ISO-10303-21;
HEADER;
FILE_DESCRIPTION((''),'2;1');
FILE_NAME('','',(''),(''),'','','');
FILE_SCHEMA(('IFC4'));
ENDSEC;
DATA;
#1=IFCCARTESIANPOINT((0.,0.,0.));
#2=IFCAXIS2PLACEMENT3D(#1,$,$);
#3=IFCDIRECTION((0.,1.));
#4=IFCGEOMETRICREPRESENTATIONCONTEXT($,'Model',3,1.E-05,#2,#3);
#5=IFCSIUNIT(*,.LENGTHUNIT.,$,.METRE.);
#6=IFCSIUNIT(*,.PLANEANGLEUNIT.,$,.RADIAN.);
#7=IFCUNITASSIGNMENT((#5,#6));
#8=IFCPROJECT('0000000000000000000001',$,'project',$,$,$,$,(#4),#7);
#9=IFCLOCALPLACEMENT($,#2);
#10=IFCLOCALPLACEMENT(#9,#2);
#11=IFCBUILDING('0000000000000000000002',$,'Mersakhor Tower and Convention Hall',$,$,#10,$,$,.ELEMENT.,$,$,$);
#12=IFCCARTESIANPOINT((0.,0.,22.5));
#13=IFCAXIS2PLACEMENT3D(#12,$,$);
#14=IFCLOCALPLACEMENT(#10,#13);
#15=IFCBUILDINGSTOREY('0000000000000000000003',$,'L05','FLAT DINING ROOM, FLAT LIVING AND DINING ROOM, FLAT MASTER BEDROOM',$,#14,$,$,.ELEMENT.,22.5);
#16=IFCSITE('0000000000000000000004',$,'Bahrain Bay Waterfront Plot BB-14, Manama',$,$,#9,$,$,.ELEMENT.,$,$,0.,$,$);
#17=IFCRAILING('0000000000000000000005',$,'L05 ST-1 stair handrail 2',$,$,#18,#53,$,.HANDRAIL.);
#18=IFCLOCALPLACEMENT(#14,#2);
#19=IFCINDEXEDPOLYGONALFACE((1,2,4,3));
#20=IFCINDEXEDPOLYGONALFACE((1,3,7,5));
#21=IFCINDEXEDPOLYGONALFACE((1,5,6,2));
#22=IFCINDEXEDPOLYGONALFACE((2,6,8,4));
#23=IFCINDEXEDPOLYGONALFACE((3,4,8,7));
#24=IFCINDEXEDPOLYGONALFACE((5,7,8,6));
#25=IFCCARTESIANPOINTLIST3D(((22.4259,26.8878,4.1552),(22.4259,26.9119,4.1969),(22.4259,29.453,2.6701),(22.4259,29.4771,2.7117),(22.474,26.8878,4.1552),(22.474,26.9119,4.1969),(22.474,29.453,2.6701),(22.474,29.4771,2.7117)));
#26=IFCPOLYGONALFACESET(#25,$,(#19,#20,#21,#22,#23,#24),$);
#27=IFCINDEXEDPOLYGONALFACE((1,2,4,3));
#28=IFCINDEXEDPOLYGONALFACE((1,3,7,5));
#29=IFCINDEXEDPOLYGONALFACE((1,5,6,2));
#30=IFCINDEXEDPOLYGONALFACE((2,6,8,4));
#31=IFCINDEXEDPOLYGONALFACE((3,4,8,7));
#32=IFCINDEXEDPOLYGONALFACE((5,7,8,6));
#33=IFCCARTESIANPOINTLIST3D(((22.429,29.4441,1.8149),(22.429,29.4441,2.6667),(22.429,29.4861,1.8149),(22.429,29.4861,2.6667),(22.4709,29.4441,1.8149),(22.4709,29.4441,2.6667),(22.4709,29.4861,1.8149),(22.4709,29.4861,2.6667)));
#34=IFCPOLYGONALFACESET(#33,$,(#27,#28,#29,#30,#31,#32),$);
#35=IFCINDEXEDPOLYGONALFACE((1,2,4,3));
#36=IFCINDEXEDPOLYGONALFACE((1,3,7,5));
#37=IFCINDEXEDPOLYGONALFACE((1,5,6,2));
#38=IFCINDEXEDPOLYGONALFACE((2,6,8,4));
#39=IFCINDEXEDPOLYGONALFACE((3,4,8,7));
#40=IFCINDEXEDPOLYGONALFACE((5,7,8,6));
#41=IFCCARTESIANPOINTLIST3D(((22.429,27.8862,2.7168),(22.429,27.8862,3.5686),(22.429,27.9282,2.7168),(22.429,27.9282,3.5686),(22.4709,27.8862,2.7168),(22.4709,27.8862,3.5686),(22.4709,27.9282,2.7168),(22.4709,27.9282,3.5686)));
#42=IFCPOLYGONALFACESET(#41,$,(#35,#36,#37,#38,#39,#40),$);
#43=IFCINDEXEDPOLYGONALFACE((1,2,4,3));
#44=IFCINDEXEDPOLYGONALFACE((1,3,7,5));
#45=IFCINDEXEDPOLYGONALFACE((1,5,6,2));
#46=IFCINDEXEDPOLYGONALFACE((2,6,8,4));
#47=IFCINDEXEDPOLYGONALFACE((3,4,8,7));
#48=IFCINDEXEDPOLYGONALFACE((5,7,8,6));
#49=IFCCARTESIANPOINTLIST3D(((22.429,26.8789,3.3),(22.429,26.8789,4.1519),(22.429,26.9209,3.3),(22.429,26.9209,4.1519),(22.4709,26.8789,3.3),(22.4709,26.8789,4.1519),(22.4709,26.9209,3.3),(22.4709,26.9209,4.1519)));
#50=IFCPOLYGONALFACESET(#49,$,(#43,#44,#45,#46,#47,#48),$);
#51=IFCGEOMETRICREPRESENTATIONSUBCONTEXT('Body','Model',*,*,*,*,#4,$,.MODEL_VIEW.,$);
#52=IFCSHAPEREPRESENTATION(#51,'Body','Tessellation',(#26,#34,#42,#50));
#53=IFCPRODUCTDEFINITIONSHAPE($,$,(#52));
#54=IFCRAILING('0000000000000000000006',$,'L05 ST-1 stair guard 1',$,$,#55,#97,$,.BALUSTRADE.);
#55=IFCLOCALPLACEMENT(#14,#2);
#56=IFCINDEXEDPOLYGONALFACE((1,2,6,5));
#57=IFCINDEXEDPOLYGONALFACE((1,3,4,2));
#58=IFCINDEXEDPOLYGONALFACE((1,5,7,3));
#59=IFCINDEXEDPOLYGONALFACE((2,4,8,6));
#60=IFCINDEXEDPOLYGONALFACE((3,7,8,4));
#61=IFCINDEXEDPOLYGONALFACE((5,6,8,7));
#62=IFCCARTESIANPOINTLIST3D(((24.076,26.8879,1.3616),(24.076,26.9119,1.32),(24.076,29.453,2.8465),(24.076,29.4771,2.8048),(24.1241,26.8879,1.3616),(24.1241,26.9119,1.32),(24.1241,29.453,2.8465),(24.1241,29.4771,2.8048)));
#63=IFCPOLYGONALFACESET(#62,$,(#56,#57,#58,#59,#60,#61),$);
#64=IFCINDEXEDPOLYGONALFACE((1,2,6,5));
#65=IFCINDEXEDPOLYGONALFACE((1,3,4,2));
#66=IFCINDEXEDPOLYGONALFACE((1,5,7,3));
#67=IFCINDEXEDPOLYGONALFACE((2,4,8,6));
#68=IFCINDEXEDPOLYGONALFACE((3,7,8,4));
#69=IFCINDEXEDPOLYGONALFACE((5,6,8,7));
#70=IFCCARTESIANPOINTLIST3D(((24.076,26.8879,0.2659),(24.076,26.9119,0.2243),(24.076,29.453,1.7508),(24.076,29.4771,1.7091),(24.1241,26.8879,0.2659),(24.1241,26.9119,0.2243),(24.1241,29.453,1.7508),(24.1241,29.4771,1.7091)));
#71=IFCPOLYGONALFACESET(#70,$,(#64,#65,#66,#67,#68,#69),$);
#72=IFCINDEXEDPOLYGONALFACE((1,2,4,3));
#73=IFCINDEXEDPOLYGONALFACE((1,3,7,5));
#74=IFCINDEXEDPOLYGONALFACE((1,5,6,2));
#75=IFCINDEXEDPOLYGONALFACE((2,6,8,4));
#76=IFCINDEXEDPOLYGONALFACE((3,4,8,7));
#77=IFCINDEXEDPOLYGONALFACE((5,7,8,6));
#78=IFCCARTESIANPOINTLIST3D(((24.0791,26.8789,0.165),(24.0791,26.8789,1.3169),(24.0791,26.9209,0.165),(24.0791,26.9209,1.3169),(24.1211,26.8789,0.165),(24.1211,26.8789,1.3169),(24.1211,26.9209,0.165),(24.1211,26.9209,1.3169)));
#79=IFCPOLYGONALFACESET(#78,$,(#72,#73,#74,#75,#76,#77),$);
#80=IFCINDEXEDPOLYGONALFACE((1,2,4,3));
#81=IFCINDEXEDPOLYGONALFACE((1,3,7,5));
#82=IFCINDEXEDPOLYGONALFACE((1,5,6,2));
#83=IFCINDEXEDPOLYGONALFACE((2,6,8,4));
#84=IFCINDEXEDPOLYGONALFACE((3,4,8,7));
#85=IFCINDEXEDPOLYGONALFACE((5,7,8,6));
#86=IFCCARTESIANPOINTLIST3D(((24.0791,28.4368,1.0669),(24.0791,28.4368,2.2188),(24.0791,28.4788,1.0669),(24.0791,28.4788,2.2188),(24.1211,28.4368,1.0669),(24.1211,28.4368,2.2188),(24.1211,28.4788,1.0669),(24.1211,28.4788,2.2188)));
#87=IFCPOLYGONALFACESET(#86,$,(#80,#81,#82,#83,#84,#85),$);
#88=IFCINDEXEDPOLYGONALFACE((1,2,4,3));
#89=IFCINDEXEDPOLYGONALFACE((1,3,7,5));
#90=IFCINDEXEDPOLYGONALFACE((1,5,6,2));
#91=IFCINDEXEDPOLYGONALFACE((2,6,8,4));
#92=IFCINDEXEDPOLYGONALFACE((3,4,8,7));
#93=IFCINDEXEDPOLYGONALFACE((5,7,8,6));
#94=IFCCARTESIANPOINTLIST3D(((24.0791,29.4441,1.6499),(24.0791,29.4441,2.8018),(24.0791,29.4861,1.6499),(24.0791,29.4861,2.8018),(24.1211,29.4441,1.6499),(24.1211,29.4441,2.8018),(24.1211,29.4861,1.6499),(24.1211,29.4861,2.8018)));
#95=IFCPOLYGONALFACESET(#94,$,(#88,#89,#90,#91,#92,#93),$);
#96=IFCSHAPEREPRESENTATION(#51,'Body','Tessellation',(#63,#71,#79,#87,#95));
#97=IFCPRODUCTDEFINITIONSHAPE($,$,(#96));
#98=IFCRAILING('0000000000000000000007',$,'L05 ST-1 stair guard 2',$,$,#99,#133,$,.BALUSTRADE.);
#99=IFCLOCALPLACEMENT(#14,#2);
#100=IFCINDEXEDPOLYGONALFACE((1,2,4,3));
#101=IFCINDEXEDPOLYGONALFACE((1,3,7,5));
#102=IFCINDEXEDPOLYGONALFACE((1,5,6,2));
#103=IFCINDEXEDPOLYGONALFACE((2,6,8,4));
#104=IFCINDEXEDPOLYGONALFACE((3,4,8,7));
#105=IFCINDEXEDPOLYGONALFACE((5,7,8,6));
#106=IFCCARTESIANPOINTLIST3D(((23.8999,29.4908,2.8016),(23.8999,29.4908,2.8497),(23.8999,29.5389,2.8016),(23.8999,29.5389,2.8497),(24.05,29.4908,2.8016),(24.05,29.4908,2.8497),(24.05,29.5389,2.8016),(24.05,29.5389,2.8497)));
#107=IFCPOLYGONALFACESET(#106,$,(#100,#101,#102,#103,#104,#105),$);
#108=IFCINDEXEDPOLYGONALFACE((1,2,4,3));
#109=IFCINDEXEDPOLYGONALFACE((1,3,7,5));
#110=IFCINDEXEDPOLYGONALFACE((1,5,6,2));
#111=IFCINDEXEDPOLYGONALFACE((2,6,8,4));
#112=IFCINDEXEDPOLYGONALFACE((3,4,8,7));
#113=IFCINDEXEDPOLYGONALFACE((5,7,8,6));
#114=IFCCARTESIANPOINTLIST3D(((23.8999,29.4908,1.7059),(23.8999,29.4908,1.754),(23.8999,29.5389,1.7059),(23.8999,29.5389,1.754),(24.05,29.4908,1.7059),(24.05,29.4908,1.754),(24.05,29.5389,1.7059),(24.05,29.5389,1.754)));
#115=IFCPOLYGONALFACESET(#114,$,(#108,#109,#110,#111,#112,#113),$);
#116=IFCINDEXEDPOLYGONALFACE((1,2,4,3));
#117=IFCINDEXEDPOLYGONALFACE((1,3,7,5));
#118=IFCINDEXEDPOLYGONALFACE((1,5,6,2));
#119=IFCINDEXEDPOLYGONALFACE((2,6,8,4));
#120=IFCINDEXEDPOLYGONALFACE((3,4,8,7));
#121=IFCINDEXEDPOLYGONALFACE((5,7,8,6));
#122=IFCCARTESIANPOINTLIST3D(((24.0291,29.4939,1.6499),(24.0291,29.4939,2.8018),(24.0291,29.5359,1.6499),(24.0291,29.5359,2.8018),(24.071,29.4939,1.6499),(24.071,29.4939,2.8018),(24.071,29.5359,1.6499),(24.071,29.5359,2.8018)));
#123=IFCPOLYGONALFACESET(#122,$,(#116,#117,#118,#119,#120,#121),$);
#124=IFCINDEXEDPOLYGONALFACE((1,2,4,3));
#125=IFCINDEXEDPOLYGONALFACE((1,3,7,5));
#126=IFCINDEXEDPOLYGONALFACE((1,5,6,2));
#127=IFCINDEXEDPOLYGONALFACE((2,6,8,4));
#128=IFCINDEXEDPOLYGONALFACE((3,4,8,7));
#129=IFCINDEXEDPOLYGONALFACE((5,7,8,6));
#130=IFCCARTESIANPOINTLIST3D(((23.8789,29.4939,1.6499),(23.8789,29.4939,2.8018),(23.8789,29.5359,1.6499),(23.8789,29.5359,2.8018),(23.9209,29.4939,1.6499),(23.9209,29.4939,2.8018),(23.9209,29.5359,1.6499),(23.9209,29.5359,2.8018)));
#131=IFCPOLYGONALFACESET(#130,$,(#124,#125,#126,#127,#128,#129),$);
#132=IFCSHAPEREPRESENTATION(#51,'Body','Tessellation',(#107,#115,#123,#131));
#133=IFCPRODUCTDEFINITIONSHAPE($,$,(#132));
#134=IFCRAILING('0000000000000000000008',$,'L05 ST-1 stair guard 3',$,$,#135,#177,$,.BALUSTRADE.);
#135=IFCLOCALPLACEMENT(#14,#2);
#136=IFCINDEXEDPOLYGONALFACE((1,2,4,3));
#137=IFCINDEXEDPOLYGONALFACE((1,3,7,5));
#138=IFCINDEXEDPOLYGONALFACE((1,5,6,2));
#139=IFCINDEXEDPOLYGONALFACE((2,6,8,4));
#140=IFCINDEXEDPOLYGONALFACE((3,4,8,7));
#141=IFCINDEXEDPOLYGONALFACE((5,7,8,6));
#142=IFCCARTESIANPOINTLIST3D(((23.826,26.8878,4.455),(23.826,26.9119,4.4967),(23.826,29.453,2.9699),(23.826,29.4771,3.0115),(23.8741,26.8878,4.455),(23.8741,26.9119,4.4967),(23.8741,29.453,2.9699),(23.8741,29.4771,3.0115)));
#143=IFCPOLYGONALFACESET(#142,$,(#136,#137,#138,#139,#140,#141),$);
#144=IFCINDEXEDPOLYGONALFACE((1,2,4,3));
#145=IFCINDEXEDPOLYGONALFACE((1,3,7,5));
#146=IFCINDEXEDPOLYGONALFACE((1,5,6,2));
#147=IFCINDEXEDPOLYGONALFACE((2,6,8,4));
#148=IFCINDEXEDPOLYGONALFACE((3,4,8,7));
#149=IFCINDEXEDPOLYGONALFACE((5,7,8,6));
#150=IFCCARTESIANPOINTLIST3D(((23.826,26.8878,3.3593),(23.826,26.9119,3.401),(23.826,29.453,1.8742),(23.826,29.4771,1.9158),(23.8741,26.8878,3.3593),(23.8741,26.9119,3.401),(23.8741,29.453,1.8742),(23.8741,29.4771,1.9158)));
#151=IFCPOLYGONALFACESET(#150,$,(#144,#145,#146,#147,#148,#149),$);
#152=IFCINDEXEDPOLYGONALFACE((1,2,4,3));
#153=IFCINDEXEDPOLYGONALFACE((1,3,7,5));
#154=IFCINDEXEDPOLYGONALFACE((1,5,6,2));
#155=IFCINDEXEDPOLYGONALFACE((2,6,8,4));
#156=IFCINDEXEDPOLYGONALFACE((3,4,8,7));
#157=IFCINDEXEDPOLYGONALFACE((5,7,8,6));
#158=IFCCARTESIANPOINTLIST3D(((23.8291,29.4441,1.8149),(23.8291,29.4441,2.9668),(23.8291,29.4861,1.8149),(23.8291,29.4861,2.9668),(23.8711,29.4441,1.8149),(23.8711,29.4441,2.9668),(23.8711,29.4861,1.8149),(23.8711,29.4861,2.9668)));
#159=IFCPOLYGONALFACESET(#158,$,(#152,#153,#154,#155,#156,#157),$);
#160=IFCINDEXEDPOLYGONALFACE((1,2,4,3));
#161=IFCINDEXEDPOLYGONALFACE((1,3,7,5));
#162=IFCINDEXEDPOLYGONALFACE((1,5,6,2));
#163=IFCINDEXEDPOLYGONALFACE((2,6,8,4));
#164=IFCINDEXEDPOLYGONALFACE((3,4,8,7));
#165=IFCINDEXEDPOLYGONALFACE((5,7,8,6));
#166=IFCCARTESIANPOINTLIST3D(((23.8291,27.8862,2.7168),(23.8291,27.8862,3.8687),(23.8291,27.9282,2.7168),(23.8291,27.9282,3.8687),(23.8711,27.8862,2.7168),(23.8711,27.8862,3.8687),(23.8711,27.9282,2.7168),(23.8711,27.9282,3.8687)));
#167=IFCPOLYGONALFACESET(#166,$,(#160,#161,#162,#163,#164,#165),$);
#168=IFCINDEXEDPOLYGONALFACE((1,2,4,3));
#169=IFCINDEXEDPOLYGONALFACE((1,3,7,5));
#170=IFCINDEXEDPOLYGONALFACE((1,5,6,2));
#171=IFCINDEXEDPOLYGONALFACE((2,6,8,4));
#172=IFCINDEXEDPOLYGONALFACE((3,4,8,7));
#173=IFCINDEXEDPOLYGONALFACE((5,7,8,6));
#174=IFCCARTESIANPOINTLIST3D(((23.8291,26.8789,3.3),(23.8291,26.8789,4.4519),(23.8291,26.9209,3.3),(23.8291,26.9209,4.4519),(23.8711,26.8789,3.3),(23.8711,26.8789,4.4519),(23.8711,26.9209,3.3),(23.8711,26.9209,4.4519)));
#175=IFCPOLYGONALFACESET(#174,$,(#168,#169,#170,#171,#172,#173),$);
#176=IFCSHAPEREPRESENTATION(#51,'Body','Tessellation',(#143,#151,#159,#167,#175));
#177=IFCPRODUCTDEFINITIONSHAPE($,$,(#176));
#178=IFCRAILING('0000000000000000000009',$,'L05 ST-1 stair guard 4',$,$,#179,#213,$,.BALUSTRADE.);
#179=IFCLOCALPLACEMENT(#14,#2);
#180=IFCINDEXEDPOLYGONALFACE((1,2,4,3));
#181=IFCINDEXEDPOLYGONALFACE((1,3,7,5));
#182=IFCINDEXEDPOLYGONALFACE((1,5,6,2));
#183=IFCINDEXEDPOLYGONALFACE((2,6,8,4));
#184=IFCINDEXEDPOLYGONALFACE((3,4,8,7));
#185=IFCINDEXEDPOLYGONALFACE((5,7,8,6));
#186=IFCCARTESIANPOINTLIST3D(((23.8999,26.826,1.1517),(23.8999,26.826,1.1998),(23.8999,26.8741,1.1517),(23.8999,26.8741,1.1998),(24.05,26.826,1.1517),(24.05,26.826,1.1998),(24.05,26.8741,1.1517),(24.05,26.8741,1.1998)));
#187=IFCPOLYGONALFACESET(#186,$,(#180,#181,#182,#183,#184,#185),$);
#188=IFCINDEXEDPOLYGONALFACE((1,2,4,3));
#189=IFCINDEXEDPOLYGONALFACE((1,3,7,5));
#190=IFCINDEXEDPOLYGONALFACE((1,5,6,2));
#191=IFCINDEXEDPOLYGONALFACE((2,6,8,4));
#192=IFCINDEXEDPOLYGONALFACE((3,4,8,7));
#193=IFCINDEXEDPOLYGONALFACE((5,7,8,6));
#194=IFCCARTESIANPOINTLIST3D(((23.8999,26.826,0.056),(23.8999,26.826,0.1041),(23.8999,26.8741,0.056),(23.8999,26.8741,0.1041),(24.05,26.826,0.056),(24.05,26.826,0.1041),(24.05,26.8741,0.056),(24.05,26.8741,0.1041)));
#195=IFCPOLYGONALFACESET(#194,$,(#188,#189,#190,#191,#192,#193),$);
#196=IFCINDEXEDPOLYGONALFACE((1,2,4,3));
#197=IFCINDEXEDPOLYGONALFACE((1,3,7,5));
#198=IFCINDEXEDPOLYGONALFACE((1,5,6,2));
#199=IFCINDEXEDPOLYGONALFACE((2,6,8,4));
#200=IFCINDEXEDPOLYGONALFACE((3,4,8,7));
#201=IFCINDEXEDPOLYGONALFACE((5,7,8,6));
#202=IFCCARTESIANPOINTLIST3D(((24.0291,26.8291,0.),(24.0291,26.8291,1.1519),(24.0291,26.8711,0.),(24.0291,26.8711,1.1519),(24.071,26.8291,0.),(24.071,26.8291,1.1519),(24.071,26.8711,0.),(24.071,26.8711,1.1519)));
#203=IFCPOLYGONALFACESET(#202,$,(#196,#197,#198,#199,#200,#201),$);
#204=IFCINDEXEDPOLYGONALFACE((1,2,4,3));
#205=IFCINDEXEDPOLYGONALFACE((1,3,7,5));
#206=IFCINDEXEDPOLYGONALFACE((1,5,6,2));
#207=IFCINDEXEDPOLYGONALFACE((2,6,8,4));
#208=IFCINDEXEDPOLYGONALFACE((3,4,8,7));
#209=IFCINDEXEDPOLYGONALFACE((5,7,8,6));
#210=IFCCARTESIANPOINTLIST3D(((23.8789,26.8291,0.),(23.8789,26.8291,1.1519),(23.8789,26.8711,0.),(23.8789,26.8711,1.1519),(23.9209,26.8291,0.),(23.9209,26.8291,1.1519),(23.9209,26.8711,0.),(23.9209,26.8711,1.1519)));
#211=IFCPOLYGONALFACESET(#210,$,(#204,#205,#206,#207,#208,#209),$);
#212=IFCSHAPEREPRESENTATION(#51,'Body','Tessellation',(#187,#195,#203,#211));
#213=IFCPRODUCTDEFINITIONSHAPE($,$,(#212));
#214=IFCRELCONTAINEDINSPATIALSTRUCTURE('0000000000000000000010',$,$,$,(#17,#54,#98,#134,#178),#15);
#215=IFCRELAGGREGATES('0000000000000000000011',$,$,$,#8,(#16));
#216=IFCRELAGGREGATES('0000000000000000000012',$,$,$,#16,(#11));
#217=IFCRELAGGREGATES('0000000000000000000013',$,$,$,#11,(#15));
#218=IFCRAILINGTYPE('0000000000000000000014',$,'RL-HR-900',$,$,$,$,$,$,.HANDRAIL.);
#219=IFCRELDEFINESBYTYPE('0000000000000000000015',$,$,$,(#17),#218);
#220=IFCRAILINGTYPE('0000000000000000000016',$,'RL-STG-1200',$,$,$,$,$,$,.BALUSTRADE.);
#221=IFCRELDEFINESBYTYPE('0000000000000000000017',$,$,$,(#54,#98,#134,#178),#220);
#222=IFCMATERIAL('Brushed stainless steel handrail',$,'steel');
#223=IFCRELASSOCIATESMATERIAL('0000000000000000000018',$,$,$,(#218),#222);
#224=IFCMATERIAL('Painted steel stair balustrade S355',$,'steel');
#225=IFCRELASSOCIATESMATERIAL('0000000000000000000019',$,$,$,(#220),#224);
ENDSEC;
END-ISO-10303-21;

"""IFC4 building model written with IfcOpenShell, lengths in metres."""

from ifc_helpers import new_model, si_unit, direction, frame, origin, origin_2d, place, context, subcontext, project, spatial, rectangle, extrude, material, type_object, element, save


model = new_model("IFC4")

# Units and contexts
model_context = context("Model", 3, precision=1e-05, world=origin(), true_north=direction((0.0, 1.0)))
body_context = subcontext(model_context, "Body", "Model", "MODEL_VIEW")
ifc_project = project(units=[si_unit("LENGTHUNIT", "METRE"), si_unit("PLANEANGLEUNIT", "RADIAN")], contexts=[model_context])

# Site, building, storey
site_placement = place(None, origin())
site = spatial("IfcSite", under=ifc_project, at=site_placement, Name="Bahrain Bay Waterfront Plot BB-14, Manama", CompositionType="ELEMENT", RefElevation=0.0)
building_placement = place(site_placement, origin())
building = spatial("IfcBuilding", under=site, at=building_placement, Name="Mersakhor Tower and Convention Hall", CompositionType="ELEMENT")
storey_placement = place(building_placement, frame((0.0, 0.0, 22.5)))
storey = spatial("IfcBuildingStorey", under=building, at=storey_placement, Name="L05", Description="FLAT DINING ROOM, FLAT LIVING AND DINING ROOM, FLAT MASTER BEDROOM", CompositionType="ELEMENT", Elevation=22.5)

# Railings
ifc_material_1 = material(Name="Brushed stainless steel handrail", Category="steel")
railing_type_1 = type_object("IfcRailingType", Name="RL-HR-900", PredefinedType="HANDRAIL", material=ifc_material_1)
railing_1_placement = place(storey_placement, frame((22.45, 29.4651, 1.8149)))
element("IfcRailing", 1, at=railing_1_placement, inside=storey, type_object=railing_type_1, Name="L05 ST-1 stair handrail 2", PredefinedType="HANDRAIL", context=body_context, shape_type="SweptSolid", body=[
    extrude(rectangle(XDim=0.0481, YDim=0.0481, at=origin_2d()), frame((0.0, 0.0, 0.876), z_axis=(0.0, -0.865426, 0.501036), x_axis=(1.0, 0.0, 0.0)), (0.0, 0.0, 1.0), 2.9641),
    extrude(rectangle(XDim=0.042, YDim=0.042, at=origin_2d()), origin(), (0.0, 0.0, 1.0), 0.8518),
    extrude(rectangle(XDim=0.042, YDim=0.042, at=origin_2d()), frame((0.0, -1.5579, 0.9019)), (0.0, 0.0, 1.0), 0.8518),
    extrude(rectangle(XDim=0.042, YDim=0.042, at=origin_2d()), frame((0.0, -2.5652, 1.4851)), (0.0, 0.0, 1.0), 0.8518),
])
ifc_material_2 = material(Name="Painted steel stair balustrade S355", Category="steel")
railing_type_2 = type_object("IfcRailingType", Name="RL-STG-1200", PredefinedType="BALUSTRADE", material=ifc_material_2)
railing_2_placement = place(storey_placement, frame((24.1001, 26.8999, 0.165)))
element("IfcRailing", 2, at=railing_2_placement, inside=storey, type_object=railing_type_2, Name="L05 ST-1 stair guard 1", PredefinedType="BALUSTRADE", context=body_context, shape_type="SweptSolid", body=[
    extrude(rectangle(XDim=0.0481, YDim=0.0481, at=origin_2d()), frame((0.0, 0.0, 1.1758), z_axis=(0.0, 0.865462, 0.500975), x_axis=(-1.0, 0.0, 0.0)), (0.0, 0.0, 1.0), 2.9639),
    extrude(rectangle(XDim=0.0481, YDim=0.0481, at=origin_2d()), frame((0.0, 0.0, 0.0801), z_axis=(0.0, 0.865462, 0.500975), x_axis=(-1.0, 0.0, 0.0)), (0.0, 0.0, 1.0), 2.9639),
    extrude(rectangle(XDim=0.042, YDim=0.042, at=origin_2d()), origin(), (0.0, 0.0, 1.0), 1.1519),
    extrude(rectangle(XDim=0.042, YDim=0.042, at=origin_2d()), frame((0.0, 1.5579, 0.9019)), (0.0, 0.0, 1.0), 1.1519),
    extrude(rectangle(XDim=0.042, YDim=0.042, at=origin_2d()), frame((0.0, 2.5652, 1.4849)), (0.0, 0.0, 1.0), 1.1519),
])
railing_3_placement = place(storey_placement, frame((24.05, 29.5149, 1.6499)))
element("IfcRailing", 3, at=railing_3_placement, inside=storey, type_object=railing_type_2, Name="L05 ST-1 stair guard 2", PredefinedType="BALUSTRADE", context=body_context, shape_type="SweptSolid", body=[
    extrude(rectangle(XDim=0.0481, YDim=0.0481, at=origin_2d()), frame((0.0, 0.0, 1.1758), z_axis=(-1.0, 0.0, 0.0), x_axis=(0.0, -1.0, 0.0)), (0.0, 0.0, 1.0), 0.1501),
    extrude(rectangle(XDim=0.0481, YDim=0.0481, at=origin_2d()), frame((0.0, 0.0, 0.0801), z_axis=(-1.0, 0.0, 0.0), x_axis=(0.0, -1.0, 0.0)), (0.0, 0.0, 1.0), 0.1501),
    extrude(rectangle(XDim=0.042, YDim=0.042, at=origin_2d()), origin(), (0.0, 0.0, 1.0), 1.1519),
    extrude(rectangle(XDim=0.042, YDim=0.042, at=origin_2d()), frame((-0.1501, 0.0, 0.0)), (0.0, 0.0, 1.0), 1.1519),
])
railing_4_placement = place(storey_placement, frame((23.8501, 29.4651, 1.8149)))
element("IfcRailing", 4, at=railing_4_placement, inside=storey, type_object=railing_type_2, Name="L05 ST-1 stair guard 3", PredefinedType="BALUSTRADE", context=body_context, shape_type="SweptSolid", body=[
    extrude(rectangle(XDim=0.0481, YDim=0.0481, at=origin_2d()), frame((0.0, 0.0, 1.1758), z_axis=(0.0, -0.865426, 0.501036), x_axis=(1.0, 0.0, 0.0)), (0.0, 0.0, 1.0), 2.9641),
    extrude(rectangle(XDim=0.0481, YDim=0.0481, at=origin_2d()), frame((0.0, 0.0, 0.0801), z_axis=(0.0, -0.865426, 0.501036), x_axis=(1.0, 0.0, 0.0)), (0.0, 0.0, 1.0), 2.9641),
    extrude(rectangle(XDim=0.042, YDim=0.042, at=origin_2d()), origin(), (0.0, 0.0, 1.0), 1.1519),
    extrude(rectangle(XDim=0.042, YDim=0.042, at=origin_2d()), frame((0.0, -1.5579, 0.9019)), (0.0, 0.0, 1.0), 1.1519),
    extrude(rectangle(XDim=0.042, YDim=0.042, at=origin_2d()), frame((0.0, -2.5652, 1.4851)), (0.0, 0.0, 1.0), 1.1519),
])
railing_5_placement = place(storey_placement, frame((24.05, 26.8501, 0.0)))
element("IfcRailing", 5, at=railing_5_placement, inside=storey, type_object=railing_type_2, Name="L05 ST-1 stair guard 4", PredefinedType="BALUSTRADE", context=body_context, shape_type="SweptSolid", body=[
    extrude(rectangle(XDim=0.0481, YDim=0.0481, at=origin_2d()), frame((0.0, 0.0, 1.1758), z_axis=(-1.0, 0.0, 0.0), x_axis=(0.0, -1.0, 0.0)), (0.0, 0.0, 1.0), 0.1501),
    extrude(rectangle(XDim=0.0481, YDim=0.0481, at=origin_2d()), frame((0.0, 0.0, 0.0801), z_axis=(-1.0, 0.0, 0.0), x_axis=(0.0, -1.0, 0.0)), (0.0, 0.0, 1.0), 0.1501),
    extrude(rectangle(XDim=0.042, YDim=0.042, at=origin_2d()), origin(), (0.0, 0.0, 1.0), 1.1519),
    extrude(rectangle(XDim=0.042, YDim=0.042, at=origin_2d()), frame((-0.1501, 0.0, 0.0)), (0.0, 0.0, 1.0), 1.1519),
])

save(model, "model.ifc")
